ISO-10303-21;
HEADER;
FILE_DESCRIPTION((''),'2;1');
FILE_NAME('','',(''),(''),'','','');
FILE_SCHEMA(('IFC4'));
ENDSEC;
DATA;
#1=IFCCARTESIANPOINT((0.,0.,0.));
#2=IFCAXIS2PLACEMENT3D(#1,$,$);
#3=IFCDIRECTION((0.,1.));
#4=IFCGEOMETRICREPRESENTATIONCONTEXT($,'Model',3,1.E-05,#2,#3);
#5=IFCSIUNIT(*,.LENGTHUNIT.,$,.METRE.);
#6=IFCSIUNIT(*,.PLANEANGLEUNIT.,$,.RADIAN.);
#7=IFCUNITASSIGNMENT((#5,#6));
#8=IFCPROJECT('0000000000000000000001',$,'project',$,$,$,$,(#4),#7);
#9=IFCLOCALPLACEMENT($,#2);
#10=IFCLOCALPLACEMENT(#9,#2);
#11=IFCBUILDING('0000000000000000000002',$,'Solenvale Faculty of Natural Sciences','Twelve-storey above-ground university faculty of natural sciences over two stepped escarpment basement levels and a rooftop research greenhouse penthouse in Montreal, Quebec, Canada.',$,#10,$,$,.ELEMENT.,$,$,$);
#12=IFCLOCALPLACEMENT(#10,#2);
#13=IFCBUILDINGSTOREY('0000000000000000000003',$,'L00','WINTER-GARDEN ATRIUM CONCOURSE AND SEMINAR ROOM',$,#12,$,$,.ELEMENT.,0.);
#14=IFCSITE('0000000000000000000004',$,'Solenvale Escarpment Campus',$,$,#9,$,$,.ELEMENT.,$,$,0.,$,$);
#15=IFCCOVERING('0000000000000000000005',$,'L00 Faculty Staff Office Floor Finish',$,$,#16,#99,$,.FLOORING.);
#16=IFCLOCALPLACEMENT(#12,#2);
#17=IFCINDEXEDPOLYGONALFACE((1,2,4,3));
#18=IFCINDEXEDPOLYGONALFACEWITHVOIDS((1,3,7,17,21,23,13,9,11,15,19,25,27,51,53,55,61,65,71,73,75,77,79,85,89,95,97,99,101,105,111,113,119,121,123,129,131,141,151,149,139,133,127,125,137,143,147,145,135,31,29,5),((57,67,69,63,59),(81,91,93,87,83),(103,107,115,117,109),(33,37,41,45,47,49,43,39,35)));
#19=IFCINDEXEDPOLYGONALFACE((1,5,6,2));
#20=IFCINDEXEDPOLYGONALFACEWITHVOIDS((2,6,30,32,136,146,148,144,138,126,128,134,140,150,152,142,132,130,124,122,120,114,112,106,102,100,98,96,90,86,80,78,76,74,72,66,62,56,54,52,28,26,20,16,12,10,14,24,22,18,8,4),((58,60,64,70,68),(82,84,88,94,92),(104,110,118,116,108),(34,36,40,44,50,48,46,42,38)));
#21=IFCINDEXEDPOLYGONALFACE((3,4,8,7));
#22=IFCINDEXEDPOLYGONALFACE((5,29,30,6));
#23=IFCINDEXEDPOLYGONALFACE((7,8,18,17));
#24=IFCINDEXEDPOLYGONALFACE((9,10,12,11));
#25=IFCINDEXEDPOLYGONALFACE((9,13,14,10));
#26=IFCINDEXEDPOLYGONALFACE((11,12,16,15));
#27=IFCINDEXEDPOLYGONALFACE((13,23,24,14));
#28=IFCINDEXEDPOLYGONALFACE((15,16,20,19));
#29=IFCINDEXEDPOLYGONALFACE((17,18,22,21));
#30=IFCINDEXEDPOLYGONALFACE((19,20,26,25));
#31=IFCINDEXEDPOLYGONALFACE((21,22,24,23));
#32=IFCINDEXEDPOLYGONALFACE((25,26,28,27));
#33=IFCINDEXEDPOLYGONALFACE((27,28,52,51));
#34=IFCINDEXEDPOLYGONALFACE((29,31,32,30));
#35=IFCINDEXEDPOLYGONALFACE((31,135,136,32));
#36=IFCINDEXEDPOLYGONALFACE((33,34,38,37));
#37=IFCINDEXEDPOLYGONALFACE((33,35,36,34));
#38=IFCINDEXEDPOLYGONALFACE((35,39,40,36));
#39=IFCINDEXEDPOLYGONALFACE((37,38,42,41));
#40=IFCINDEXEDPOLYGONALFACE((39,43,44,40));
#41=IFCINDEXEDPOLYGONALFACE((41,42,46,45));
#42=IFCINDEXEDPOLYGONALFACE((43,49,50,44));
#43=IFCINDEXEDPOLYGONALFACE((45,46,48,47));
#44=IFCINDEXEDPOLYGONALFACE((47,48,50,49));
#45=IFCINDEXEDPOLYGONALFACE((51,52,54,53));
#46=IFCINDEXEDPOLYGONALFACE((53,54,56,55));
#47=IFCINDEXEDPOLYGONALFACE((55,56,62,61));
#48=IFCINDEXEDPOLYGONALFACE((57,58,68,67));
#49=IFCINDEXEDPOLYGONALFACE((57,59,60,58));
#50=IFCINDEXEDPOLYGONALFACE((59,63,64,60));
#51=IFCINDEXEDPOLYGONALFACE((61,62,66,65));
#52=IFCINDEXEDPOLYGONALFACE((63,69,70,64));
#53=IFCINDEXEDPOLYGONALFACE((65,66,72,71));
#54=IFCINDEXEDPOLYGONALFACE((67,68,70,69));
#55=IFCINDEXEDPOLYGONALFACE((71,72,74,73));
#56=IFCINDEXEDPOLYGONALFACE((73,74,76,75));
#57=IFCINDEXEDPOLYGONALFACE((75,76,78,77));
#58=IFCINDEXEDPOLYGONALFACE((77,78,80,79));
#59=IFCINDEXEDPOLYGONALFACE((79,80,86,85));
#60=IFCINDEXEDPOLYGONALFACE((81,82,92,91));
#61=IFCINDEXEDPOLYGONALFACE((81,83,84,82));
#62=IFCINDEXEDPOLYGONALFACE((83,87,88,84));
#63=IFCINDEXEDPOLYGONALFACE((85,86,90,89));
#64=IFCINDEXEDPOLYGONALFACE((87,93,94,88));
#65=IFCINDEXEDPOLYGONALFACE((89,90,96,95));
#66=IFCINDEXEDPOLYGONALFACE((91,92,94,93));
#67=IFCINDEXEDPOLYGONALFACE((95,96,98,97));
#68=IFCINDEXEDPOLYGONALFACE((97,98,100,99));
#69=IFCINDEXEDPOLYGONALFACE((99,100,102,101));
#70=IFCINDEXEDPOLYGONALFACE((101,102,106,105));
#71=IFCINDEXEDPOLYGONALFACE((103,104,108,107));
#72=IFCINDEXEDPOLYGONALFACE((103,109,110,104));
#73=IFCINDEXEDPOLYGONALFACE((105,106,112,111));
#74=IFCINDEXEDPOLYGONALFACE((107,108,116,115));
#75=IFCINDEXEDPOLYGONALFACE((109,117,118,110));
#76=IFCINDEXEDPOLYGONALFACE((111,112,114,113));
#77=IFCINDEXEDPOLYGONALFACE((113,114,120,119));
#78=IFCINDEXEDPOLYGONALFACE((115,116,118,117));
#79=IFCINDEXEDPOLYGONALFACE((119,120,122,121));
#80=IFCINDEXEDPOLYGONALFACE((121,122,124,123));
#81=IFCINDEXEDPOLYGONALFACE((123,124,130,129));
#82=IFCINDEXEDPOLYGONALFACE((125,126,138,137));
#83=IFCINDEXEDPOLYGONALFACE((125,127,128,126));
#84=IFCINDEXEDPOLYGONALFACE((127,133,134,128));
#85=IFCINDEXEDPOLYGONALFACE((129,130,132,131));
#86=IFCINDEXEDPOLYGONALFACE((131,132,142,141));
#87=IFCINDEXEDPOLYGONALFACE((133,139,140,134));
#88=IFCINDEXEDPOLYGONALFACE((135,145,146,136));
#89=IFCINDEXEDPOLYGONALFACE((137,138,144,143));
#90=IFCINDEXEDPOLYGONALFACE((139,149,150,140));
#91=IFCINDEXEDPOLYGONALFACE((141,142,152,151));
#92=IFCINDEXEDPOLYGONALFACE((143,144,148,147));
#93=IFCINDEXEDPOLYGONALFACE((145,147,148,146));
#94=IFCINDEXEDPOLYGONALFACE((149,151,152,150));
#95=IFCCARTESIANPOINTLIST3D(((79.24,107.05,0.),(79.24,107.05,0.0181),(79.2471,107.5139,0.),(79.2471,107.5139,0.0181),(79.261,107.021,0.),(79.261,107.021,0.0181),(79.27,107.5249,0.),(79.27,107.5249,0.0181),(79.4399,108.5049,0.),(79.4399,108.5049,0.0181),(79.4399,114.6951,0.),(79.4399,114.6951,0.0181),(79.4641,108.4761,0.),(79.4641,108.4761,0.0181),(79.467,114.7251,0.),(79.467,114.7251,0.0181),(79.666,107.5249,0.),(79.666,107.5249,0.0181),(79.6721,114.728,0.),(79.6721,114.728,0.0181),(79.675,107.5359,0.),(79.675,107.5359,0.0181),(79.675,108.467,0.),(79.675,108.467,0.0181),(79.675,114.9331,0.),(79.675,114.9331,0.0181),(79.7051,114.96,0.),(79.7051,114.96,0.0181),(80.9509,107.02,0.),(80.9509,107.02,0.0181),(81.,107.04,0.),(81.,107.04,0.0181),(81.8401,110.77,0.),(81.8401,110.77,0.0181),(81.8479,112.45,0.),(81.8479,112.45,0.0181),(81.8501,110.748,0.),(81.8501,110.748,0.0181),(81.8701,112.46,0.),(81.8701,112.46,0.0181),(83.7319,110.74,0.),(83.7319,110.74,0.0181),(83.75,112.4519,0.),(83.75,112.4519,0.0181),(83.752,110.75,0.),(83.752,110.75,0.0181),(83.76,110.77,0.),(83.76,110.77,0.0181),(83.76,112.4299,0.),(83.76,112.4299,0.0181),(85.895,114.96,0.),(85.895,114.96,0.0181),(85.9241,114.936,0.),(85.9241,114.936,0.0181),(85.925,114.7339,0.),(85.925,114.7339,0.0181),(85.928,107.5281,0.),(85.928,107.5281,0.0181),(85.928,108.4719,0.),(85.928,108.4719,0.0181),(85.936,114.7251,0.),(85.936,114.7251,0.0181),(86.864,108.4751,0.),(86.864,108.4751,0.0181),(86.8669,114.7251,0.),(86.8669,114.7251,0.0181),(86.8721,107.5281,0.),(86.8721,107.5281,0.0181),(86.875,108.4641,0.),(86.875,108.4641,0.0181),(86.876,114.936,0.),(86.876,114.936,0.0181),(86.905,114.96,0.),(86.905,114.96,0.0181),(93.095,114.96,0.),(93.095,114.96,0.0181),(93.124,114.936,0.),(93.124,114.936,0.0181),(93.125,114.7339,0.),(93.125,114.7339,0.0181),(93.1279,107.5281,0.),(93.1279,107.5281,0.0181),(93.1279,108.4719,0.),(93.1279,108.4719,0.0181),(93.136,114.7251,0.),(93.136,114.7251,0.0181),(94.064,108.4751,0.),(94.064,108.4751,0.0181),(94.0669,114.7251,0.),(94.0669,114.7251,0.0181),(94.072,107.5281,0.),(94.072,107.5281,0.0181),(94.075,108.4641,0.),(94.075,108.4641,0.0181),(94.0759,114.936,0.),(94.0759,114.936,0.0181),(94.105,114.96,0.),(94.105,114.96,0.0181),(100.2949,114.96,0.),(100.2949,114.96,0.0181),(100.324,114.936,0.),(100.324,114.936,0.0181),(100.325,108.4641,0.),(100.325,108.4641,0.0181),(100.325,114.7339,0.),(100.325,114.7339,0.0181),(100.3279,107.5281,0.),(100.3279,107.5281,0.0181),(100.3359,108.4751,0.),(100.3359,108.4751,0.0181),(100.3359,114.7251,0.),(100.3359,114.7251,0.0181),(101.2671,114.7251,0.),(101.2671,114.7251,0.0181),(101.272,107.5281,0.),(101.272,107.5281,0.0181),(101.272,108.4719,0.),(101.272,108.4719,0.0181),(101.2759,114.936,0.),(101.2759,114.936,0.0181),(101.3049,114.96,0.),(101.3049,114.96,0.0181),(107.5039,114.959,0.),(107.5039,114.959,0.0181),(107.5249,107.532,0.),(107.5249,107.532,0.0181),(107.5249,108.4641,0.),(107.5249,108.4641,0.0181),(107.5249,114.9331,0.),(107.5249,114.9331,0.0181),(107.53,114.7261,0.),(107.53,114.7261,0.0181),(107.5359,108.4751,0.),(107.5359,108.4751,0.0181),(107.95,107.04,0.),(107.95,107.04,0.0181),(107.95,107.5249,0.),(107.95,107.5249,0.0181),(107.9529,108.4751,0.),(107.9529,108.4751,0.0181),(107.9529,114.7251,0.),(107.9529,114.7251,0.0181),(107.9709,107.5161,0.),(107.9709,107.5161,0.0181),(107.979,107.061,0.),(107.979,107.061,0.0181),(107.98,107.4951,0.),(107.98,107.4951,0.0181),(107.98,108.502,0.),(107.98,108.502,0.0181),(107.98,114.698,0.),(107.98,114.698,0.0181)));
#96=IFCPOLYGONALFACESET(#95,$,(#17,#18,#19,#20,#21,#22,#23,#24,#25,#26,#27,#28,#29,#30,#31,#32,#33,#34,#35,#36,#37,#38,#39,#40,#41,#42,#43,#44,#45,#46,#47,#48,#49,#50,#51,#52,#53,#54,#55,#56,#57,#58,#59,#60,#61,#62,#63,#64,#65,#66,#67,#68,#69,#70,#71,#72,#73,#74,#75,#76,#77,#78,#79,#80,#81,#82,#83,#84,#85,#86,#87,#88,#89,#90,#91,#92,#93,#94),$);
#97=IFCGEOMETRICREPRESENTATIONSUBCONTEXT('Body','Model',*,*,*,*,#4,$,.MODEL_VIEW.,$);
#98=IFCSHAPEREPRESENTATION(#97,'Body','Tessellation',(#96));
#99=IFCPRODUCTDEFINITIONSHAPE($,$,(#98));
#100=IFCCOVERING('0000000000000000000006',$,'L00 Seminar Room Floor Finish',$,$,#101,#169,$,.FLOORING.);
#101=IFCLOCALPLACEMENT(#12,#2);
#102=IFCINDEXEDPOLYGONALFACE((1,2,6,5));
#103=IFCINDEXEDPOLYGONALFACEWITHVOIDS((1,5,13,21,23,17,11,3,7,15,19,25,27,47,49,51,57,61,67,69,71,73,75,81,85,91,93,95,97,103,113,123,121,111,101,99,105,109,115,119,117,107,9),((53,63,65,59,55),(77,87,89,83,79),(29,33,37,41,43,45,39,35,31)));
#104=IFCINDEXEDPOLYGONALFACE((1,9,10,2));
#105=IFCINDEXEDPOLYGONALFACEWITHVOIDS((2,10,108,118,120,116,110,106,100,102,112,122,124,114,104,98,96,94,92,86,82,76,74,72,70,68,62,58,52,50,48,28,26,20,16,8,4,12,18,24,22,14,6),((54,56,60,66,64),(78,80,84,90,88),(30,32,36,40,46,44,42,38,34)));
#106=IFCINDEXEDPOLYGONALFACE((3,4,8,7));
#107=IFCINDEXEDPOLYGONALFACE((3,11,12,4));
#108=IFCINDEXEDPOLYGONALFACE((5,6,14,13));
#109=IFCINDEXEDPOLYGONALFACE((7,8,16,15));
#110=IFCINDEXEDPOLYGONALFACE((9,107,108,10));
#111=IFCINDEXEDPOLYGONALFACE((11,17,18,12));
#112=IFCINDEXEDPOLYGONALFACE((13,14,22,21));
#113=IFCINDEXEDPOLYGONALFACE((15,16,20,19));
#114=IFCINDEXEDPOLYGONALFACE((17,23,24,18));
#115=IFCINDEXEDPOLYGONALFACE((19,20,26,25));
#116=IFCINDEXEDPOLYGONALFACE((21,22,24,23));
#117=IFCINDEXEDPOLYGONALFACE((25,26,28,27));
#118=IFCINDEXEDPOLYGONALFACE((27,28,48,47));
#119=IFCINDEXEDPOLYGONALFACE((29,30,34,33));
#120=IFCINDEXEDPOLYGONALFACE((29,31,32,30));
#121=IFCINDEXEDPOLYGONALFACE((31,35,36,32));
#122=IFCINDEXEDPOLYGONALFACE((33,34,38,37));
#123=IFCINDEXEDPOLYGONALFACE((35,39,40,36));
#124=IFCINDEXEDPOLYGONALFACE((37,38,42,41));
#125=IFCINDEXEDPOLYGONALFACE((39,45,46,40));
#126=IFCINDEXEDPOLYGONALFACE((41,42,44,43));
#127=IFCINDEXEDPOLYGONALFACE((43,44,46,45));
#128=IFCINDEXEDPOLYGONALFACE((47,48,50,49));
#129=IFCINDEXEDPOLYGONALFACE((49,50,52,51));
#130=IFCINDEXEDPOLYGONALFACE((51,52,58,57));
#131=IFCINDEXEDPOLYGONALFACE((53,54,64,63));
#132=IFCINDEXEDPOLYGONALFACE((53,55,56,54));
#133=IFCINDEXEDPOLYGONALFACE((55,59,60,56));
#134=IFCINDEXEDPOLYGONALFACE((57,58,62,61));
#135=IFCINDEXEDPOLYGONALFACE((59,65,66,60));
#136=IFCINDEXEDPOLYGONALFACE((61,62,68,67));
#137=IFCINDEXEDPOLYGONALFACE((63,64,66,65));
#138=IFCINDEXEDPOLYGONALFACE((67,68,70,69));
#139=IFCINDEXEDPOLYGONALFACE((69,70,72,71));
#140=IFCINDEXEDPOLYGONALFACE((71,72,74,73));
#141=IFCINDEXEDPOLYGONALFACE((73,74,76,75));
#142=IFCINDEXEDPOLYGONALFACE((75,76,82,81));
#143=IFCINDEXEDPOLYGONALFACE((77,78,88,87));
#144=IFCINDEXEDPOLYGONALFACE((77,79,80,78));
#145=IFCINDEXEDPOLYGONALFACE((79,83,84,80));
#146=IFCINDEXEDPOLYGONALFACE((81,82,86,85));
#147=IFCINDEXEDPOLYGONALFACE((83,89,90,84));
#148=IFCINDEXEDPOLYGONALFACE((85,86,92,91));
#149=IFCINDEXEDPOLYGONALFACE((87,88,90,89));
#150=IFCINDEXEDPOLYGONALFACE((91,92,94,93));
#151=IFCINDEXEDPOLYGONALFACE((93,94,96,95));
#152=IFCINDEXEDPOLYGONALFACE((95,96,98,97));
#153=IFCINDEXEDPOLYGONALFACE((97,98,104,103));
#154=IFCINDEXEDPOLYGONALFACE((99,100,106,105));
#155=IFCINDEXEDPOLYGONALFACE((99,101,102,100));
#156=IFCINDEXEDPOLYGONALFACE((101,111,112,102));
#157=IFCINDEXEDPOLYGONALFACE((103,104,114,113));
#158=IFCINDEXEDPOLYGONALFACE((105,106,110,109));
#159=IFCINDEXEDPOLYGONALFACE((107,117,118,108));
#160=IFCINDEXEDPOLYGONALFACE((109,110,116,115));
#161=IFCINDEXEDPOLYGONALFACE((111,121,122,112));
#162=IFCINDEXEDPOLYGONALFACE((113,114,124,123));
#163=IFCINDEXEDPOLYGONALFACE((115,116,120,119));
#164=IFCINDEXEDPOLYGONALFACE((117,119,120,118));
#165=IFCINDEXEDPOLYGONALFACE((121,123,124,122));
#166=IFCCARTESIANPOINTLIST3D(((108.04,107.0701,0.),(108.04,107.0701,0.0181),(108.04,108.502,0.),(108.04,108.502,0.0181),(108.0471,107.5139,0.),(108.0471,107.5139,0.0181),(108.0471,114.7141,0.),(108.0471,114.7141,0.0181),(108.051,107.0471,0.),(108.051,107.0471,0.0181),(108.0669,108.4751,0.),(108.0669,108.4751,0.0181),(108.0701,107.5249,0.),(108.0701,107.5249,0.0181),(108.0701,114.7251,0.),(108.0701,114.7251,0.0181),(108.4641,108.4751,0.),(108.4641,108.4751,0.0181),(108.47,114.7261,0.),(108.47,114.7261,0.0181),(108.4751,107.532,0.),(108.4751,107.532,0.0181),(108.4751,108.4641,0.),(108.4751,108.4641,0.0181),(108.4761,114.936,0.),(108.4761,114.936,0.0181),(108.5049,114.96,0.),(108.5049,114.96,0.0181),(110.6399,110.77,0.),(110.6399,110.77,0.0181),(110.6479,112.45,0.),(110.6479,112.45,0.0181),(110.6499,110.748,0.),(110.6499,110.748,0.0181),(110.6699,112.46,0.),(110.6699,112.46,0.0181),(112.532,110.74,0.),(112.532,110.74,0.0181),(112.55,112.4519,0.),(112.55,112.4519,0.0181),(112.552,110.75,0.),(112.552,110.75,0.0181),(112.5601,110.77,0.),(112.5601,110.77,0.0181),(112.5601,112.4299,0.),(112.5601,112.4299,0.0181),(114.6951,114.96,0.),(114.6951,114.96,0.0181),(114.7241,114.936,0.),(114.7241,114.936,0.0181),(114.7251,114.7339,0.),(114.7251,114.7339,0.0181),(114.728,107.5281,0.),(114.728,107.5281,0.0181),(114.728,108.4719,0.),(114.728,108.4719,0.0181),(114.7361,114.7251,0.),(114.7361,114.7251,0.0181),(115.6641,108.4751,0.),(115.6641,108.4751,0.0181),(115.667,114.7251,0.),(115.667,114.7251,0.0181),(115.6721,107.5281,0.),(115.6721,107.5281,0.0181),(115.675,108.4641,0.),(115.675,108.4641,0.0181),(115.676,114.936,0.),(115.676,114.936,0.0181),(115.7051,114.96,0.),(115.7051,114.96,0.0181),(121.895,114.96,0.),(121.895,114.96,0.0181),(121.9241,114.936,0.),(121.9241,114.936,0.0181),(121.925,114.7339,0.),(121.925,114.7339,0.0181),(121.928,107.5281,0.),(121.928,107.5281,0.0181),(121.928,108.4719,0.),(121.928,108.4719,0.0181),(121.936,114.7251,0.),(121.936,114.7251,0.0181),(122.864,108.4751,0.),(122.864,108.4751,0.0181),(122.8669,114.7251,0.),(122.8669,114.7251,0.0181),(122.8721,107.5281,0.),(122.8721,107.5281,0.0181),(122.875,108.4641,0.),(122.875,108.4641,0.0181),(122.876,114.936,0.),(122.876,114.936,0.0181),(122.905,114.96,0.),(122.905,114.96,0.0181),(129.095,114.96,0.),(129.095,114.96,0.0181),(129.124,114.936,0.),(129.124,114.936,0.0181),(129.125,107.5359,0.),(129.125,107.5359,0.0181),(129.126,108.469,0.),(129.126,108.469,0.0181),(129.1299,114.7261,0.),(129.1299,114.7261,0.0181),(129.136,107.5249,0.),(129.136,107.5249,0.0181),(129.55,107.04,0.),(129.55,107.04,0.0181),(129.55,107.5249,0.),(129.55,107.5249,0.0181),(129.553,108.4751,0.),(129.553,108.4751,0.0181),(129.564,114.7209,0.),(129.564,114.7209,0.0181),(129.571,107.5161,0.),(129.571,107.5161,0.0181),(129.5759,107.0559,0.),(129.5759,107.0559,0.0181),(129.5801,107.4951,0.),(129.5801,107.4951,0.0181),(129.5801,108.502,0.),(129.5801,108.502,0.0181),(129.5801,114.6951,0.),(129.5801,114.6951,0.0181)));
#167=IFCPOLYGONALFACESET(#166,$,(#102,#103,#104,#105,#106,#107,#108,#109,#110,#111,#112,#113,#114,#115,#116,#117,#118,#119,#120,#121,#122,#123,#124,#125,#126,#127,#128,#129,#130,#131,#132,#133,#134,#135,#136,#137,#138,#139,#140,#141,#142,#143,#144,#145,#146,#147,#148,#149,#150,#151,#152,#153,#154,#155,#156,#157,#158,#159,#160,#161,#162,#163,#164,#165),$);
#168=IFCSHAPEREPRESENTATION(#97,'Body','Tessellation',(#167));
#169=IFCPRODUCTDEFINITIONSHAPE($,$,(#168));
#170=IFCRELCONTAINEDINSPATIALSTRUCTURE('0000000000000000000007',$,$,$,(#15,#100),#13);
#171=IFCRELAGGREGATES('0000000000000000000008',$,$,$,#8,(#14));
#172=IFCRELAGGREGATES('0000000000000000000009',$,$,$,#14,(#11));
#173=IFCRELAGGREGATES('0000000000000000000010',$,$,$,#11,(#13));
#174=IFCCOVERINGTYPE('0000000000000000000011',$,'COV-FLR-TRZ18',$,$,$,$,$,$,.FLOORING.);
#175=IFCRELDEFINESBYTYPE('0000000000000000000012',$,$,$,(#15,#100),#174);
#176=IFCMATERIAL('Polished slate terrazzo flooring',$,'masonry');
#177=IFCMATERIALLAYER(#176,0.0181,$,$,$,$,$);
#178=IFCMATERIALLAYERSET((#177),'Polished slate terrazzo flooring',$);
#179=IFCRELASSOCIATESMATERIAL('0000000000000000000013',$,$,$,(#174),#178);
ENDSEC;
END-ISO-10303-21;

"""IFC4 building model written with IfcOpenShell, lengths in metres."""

from ifc_helpers import new_model, si_unit, direction, origin, place, context, subcontext, project, spatial, polyline, outline, extrude, material, layer, layer_set, type_object, element, save


model = new_model("IFC4")

# Units and contexts
model_context = context("Model", 3, precision=1e-05, world=origin(), true_north=direction((0.0, 1.0)))
body_context = subcontext(model_context, "Body", "Model", "MODEL_VIEW")
ifc_project = project(units=[si_unit("LENGTHUNIT", "METRE"), si_unit("PLANEANGLEUNIT", "RADIAN")], contexts=[model_context])

# Site, building, storey
site_placement = place(None, origin())
site = spatial("IfcSite", under=ifc_project, at=site_placement, Name="Solenvale Escarpment Campus", CompositionType="ELEMENT", RefElevation=0.0)
building_placement = place(site_placement, origin())
building = spatial("IfcBuilding", under=site, at=building_placement, Name="Solenvale Faculty of Natural Sciences", Description="Twelve-storey above-ground university faculty of natural sciences over two stepped escarpment basement levels and a rooftop research greenhouse penthouse in Montreal, Quebec, Canada.", CompositionType="ELEMENT")
storey_placement = place(building_placement, origin())
storey = spatial("IfcBuildingStorey", under=building, at=storey_placement, Name="L00", Description="WINTER-GARDEN ATRIUM CONCOURSE AND SEMINAR ROOM", CompositionType="ELEMENT", Elevation=0.0)

# Coverings
ifc_material_1 = material(Name="Polished slate terrazzo flooring", Category="masonry")
ifc_layer_1 = layer(ifc_material_1, 0.0181)
ifc_layer_set_1 = layer_set([ifc_layer_1], Name="Polished slate terrazzo flooring")
covering_type_1 = type_object("IfcCoveringType", Name="COV-FLR-TRZ18", PredefinedType="FLOORING", material=ifc_layer_set_1)
covering_1_placement = place(storey_placement, origin())
element("IfcCovering", 1, at=covering_1_placement, inside=storey, type_object=covering_type_1, Name="L00 Faculty Staff Office Floor Finish", PredefinedType="FLOORING", context=body_context, shape_type="SweptSolid", body=[
    extrude(outline(polyline([(79.4399, 114.6951), (79.467, 114.7251), (79.6721, 114.728), (79.675, 114.9331), (79.7051, 114.96), (85.895, 114.96), (85.9241, 114.936), (85.925, 114.7339), (85.936, 114.7251), (86.8669, 114.7251), (86.876, 114.936), (86.905, 114.96), (93.095, 114.96), (93.124, 114.936), (93.125, 114.7339), (93.136, 114.7251), (94.0669, 114.7251), (94.0759, 114.936), (94.105, 114.96), (100.2949, 114.96), (100.324, 114.936), (100.325, 114.7339), (100.3359, 114.7251), (101.2671, 114.7251), (101.2759, 114.936), (101.3049, 114.96), (107.5039, 114.959), (107.5249, 114.9331), (107.53, 114.7261), (107.9529, 114.7251), (107.98, 114.698), (107.98, 108.502), (107.9529, 108.4751), (107.5359, 108.4751), (107.5249, 108.4641), (107.5249, 107.532), (107.95, 107.5249), (107.9709, 107.5161), (107.98, 107.4951), (107.979, 107.061), (107.95, 107.04), (81.0, 107.04), (80.9509, 107.02), (79.261, 107.021), (79.24, 107.05), (79.2471, 107.5139), (79.27, 107.5249), (79.666, 107.5249), (79.675, 107.5359), (79.675, 108.467), (79.4641, 108.4761), (79.4399, 108.5049), (79.4399, 114.6951)]), holes=[polyline([(100.3359, 108.4751), (100.325, 108.4641), (100.3279, 107.5281), (101.272, 107.5281), (101.272, 108.4719), (100.3359, 108.4751)]), polyline([(94.075, 108.4641), (94.064, 108.4751), (93.1279, 108.4719), (93.1279, 107.5281), (94.072, 107.5281), (94.075, 108.4641)]), polyline([(86.875, 108.4641), (86.864, 108.4751), (85.928, 108.4719), (85.928, 107.5281), (86.8721, 107.5281), (86.875, 108.4641)]), polyline([(83.7319, 110.74), (83.752, 110.75), (83.76, 110.77), (83.76, 112.4299), (83.75, 112.4519), (81.8701, 112.46), (81.8479, 112.45), (81.8401, 110.77), (81.8501, 110.748), (83.7319, 110.74)])]), origin(), (0.0, 0.0, 1.0), 0.0181),
])
covering_2_placement = place(storey_placement, origin())
element("IfcCovering", 2, at=covering_2_placement, inside=storey, type_object=covering_type_1, Name="L00 Seminar Room Floor Finish", PredefinedType="FLOORING", context=body_context, shape_type="SweptSolid", body=[
    extrude(outline(polyline([(114.6951, 114.96), (114.7241, 114.936), (114.7251, 114.7339), (114.7361, 114.7251), (115.667, 114.7251), (115.676, 114.936), (115.7051, 114.96), (121.895, 114.96), (121.9241, 114.936), (121.925, 114.7339), (121.936, 114.7251), (122.8669, 114.7251), (122.876, 114.936), (122.905, 114.96), (129.095, 114.96), (129.124, 114.936), (129.1299, 114.7261), (129.564, 114.7209), (129.5801, 114.6951), (129.5801, 108.502), (129.553, 108.4751), (129.126, 108.469), (129.125, 107.5359), (129.136, 107.5249), (129.55, 107.5249), (129.571, 107.5161), (129.5801, 107.4951), (129.5759, 107.0559), (129.55, 107.04), (108.051, 107.0471), (108.04, 107.0701), (108.0471, 107.5139), (108.0701, 107.5249), (108.4751, 107.532), (108.4751, 108.4641), (108.4641, 108.4751), (108.0669, 108.4751), (108.04, 108.502), (108.0471, 114.7141), (108.0701, 114.7251), (108.47, 114.7261), (108.4761, 114.936), (108.5049, 114.96), (114.6951, 114.96)]), holes=[polyline([(122.875, 108.4641), (122.864, 108.4751), (121.928, 108.4719), (121.928, 107.5281), (122.8721, 107.5281), (122.875, 108.4641)]), polyline([(115.675, 108.4641), (115.6641, 108.4751), (114.728, 108.4719), (114.728, 107.5281), (115.6721, 107.5281), (115.675, 108.4641)]), polyline([(112.532, 110.74), (112.552, 110.75), (112.5601, 110.77), (112.5601, 112.4299), (112.55, 112.4519), (110.6699, 112.46), (110.6479, 112.45), (110.6399, 110.77), (110.6499, 110.748), (112.532, 110.74)])]), origin(), (0.0, 0.0, 1.0), 0.0181),
])

save(model, "model.ifc")
